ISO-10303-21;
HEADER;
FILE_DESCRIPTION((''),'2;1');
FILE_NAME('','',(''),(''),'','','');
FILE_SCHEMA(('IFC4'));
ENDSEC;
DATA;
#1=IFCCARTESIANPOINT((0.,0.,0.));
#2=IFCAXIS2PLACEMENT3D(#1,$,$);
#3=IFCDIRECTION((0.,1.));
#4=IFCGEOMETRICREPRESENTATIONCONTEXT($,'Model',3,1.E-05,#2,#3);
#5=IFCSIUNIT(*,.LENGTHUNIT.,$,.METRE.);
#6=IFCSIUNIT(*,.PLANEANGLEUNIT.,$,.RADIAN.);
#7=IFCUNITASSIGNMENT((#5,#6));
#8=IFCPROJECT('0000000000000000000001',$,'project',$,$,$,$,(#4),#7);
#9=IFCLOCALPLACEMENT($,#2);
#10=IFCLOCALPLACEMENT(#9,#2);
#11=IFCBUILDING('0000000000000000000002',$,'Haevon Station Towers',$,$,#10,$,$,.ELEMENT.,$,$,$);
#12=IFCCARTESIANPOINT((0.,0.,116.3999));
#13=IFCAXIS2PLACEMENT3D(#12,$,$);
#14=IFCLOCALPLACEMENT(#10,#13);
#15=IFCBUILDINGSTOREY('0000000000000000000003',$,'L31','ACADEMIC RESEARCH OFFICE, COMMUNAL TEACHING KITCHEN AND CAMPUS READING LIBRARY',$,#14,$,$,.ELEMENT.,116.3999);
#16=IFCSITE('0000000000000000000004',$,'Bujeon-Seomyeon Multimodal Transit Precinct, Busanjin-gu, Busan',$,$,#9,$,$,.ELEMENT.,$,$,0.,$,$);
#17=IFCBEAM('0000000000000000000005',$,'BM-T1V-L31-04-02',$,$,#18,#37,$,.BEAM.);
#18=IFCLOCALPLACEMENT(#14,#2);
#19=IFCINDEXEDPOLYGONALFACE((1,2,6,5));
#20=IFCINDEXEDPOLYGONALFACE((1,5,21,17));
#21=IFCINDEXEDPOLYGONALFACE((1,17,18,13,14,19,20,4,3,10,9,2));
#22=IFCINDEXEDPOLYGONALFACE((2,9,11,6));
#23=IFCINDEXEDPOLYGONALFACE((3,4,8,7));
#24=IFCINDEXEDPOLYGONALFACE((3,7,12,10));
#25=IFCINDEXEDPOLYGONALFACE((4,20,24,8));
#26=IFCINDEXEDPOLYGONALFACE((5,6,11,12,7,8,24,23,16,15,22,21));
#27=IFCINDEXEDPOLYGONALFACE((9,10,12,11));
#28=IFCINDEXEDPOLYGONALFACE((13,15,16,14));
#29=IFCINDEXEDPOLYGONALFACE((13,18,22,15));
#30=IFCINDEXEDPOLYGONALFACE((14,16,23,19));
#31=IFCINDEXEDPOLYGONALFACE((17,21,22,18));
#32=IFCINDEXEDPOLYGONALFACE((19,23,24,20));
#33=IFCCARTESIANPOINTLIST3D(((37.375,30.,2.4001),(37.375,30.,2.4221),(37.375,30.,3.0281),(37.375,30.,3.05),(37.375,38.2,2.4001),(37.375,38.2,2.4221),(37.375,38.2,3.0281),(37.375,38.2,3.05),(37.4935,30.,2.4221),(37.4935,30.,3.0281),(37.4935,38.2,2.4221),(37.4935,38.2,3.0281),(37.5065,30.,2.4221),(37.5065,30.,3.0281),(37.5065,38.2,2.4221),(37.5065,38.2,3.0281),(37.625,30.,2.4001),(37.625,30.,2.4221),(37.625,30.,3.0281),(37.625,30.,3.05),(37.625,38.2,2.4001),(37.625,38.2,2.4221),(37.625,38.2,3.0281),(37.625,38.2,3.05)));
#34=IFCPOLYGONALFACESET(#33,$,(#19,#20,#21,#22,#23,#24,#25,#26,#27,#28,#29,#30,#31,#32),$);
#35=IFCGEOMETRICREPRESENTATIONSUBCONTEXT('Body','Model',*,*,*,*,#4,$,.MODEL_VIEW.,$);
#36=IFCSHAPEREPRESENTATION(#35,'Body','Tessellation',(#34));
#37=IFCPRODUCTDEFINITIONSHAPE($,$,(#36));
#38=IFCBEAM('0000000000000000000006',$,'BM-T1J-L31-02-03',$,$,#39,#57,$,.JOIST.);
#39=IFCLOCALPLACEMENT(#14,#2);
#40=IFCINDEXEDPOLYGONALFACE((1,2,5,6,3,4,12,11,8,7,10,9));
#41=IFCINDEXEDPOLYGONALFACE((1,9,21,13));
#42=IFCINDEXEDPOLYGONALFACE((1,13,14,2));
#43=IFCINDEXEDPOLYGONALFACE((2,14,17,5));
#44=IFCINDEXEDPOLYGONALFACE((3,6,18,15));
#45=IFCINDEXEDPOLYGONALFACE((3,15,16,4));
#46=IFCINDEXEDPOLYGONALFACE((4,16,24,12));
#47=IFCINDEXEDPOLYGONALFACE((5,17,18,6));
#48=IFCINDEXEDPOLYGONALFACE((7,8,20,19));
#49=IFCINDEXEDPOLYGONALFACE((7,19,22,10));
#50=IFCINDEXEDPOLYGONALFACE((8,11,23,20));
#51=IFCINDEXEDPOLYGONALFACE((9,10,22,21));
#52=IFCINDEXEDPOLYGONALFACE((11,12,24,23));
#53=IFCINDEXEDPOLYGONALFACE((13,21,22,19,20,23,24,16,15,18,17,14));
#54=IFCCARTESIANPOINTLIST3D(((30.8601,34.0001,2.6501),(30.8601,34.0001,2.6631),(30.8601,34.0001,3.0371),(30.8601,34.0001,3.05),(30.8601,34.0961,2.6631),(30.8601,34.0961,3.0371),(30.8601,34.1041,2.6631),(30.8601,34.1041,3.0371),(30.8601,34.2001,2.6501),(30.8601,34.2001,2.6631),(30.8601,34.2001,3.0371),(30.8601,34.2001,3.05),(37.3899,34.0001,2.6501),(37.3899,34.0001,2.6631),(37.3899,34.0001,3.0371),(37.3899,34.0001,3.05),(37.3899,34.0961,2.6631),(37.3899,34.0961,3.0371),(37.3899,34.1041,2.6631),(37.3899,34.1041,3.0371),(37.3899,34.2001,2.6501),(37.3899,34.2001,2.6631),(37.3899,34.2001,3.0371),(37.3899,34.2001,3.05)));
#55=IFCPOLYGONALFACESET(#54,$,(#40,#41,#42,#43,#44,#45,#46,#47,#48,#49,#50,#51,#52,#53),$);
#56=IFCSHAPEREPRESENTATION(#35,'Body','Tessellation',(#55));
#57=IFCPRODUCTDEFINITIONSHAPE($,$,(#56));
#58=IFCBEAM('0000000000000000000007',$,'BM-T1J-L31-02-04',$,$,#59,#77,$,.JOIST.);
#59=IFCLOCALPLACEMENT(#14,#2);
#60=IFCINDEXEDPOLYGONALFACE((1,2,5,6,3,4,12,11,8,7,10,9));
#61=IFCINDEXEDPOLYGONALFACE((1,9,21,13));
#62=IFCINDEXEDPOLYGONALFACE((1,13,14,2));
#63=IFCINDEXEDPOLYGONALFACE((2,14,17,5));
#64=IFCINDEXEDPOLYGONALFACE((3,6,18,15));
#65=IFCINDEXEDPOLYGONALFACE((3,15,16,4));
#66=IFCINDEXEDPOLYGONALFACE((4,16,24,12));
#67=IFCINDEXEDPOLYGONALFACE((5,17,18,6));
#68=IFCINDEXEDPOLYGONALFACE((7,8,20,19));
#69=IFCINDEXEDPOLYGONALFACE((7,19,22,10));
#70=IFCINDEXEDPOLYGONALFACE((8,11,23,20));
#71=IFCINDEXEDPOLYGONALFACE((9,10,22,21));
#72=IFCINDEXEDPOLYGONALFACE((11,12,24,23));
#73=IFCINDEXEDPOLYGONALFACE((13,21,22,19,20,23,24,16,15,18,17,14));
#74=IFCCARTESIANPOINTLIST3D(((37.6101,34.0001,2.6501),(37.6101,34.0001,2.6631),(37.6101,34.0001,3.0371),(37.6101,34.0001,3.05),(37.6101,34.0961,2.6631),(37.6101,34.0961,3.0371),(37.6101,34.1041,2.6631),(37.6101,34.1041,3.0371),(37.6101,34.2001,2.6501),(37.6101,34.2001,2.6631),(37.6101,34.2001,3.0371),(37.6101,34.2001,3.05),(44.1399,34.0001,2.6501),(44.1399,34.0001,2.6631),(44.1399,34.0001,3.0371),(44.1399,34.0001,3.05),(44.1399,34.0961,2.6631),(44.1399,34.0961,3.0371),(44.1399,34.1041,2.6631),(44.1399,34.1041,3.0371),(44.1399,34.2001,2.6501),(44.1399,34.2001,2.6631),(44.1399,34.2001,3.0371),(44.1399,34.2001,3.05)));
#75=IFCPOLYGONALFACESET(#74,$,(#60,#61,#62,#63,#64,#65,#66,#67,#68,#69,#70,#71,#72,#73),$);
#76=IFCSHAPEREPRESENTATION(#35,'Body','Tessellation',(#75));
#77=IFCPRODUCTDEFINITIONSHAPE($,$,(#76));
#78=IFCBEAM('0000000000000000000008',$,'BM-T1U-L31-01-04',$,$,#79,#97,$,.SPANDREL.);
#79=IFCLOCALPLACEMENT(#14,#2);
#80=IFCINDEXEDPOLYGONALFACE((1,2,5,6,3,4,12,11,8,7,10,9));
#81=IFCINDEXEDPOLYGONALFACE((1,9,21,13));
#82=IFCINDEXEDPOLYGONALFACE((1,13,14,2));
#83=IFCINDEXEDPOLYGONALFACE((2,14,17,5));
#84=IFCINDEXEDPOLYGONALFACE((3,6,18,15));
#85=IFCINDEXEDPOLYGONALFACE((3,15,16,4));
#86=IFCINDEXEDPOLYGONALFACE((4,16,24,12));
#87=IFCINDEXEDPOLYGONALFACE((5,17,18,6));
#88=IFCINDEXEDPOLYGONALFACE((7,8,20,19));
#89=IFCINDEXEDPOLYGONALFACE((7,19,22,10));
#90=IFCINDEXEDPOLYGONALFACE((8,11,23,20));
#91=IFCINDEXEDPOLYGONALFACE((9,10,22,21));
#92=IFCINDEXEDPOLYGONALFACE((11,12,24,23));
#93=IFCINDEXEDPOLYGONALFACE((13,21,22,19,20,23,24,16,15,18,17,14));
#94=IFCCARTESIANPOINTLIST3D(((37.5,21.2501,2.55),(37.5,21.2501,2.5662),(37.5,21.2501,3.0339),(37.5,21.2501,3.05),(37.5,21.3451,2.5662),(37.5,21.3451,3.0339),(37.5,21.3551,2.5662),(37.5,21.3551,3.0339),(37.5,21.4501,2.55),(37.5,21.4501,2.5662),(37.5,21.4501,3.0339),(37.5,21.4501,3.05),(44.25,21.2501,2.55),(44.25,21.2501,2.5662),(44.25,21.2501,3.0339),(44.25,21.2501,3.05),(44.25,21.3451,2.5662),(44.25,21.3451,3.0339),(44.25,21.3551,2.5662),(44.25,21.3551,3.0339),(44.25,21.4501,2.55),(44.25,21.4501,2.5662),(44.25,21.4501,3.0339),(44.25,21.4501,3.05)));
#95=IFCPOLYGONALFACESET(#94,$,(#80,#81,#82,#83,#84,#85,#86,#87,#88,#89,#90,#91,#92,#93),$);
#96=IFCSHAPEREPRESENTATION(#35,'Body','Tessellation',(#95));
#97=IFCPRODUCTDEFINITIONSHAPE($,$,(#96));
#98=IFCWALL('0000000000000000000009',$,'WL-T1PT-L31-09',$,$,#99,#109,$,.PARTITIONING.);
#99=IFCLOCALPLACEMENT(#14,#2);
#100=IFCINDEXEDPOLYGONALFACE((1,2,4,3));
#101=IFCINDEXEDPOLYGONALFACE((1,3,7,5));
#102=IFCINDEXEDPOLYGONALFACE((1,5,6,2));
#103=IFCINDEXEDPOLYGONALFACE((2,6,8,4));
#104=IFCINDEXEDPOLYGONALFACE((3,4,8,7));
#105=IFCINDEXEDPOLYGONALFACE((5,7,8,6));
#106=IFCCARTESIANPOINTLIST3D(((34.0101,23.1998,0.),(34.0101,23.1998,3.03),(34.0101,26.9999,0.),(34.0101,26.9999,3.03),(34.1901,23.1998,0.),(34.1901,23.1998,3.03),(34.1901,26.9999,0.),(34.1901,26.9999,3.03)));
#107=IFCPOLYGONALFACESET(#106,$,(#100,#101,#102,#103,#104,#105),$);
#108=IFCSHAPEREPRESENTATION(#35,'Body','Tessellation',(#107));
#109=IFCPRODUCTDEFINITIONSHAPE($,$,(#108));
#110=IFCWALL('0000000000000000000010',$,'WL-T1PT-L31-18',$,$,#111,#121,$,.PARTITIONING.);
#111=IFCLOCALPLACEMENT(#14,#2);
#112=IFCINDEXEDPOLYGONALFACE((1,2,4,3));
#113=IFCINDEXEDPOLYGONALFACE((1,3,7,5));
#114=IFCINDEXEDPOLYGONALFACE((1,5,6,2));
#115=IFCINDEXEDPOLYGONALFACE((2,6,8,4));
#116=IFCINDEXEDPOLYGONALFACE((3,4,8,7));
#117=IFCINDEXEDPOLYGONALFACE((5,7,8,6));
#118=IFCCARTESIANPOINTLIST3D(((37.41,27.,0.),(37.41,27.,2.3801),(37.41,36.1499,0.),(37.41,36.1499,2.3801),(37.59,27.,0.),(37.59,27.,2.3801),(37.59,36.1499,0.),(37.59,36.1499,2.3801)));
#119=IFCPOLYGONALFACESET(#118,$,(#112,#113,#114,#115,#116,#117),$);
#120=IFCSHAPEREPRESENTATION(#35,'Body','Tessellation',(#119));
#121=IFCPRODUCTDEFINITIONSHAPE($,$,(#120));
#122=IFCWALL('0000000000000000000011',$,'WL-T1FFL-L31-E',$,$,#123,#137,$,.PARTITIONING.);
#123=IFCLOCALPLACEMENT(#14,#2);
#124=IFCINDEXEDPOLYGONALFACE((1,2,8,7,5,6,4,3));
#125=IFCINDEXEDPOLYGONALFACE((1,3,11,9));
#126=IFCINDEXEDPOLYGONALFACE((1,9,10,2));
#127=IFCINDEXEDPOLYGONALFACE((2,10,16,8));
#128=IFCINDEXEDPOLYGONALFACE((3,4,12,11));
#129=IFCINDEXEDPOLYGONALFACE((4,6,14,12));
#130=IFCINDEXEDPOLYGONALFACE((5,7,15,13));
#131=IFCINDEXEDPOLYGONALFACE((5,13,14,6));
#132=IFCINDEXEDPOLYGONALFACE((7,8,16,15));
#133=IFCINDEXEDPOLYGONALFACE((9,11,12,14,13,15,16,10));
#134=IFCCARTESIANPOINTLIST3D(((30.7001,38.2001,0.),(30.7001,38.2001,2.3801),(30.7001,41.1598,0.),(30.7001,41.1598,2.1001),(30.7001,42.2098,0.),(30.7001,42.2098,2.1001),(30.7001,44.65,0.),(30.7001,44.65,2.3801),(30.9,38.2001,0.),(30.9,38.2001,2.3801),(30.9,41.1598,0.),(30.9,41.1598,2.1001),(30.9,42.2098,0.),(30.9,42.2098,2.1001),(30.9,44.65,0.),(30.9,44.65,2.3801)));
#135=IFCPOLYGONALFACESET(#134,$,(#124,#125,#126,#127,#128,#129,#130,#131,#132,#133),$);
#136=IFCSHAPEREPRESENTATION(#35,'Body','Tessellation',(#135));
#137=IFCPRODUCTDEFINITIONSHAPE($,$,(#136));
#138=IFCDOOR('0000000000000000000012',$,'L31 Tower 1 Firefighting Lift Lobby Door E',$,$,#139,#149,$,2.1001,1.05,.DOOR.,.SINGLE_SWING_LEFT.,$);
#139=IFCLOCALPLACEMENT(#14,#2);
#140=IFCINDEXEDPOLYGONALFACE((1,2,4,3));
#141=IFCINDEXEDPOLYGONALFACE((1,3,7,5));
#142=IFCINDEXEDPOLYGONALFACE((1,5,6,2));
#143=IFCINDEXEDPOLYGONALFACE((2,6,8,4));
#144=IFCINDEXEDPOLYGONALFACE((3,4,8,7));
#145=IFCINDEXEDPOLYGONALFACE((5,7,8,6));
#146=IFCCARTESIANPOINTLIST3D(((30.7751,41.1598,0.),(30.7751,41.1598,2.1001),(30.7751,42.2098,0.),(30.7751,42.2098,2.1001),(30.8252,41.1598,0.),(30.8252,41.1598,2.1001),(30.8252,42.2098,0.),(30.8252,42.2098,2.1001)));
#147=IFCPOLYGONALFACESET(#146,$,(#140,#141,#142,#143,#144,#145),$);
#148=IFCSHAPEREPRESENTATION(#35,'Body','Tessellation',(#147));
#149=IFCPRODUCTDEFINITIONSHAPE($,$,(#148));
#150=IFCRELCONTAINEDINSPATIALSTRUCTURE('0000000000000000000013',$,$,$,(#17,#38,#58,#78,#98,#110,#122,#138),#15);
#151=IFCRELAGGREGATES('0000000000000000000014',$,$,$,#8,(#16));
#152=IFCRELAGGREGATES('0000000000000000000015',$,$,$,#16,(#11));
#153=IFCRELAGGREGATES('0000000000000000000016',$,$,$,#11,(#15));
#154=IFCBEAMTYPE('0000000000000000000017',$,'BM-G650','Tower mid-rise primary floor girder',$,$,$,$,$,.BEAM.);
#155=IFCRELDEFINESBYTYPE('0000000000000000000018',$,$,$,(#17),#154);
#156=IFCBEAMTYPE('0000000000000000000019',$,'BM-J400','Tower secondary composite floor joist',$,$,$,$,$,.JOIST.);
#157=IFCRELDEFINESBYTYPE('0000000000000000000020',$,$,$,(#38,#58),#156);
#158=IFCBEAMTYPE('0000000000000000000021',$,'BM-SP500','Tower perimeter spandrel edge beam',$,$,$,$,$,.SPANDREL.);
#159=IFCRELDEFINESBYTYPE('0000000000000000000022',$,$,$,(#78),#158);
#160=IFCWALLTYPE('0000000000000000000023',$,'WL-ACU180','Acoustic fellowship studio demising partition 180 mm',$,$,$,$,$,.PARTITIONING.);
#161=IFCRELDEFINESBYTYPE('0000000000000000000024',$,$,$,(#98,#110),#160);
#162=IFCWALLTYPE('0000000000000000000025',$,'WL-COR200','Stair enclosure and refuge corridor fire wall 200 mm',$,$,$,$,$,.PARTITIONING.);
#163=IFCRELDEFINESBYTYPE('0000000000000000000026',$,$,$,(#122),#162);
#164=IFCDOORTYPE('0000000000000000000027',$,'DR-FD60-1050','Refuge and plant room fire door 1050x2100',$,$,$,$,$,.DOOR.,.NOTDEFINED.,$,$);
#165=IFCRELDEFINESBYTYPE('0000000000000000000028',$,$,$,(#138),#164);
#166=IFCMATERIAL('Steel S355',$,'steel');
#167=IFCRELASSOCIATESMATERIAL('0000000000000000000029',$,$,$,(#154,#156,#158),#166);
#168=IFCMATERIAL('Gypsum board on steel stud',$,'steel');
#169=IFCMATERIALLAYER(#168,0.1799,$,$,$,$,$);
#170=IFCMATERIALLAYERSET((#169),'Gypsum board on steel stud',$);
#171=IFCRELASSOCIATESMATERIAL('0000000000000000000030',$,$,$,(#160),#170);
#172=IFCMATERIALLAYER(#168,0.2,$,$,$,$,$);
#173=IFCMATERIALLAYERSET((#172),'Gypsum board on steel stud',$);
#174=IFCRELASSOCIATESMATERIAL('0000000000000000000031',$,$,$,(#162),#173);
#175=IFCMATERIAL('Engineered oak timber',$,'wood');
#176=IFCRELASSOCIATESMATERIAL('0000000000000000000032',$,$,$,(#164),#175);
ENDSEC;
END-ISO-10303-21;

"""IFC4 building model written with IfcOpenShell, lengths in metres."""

from ifc_helpers import new_model, si_unit, direction, frame, frame_2d, origin, origin_2d, place, context, subcontext, project, spatial, rectangle, i_section, extrude, material, layer, layer_set, material_profile, profile_set, type_object, element, fill, save


model = new_model("IFC4")

# Units and contexts
model_context = context("Model", 3, precision=1e-05, world=origin(), true_north=direction((0.0, 1.0)))
body_context = subcontext(model_context, "Body", "Model", "MODEL_VIEW")
ifc_project = project(units=[si_unit("LENGTHUNIT", "METRE"), si_unit("PLANEANGLEUNIT", "RADIAN")], contexts=[model_context])

# Site, building, storey
site_placement = place(None, origin())
site = spatial("IfcSite", under=ifc_project, at=site_placement, Name="Bujeon-Seomyeon Multimodal Transit Precinct, Busanjin-gu, Busan", CompositionType="ELEMENT", RefElevation=0.0)
building_placement = place(site_placement, origin())
building = spatial("IfcBuilding", under=site, at=building_placement, Name="Haevon Station Towers", CompositionType="ELEMENT")
storey_placement = place(building_placement, frame((0.0, 0.0, 116.3999)))
storey = spatial("IfcBuildingStorey", under=building, at=storey_placement, Name="L31", Description="ACADEMIC RESEARCH OFFICE, COMMUNAL TEACHING KITCHEN AND CAMPUS READING LIBRARY", CompositionType="ELEMENT", Elevation=116.3999)

# Beams
ifc_material_1 = material(Name="Steel S355", Category="steel")
ifc_material_profile_1 = material_profile(ifc_material_1, i_section(OverallWidth=0.25, OverallDepth=0.6499, WebThickness=0.0129, FlangeThickness=0.022, at=origin_2d()), Name="H-650x250x13x22")
ifc_profile_set_1 = profile_set([ifc_material_profile_1], Name="Steel S355")
beam_type_1 = type_object("IfcBeamType", Name="BM-G650", Description="Tower mid-rise primary floor girder", PredefinedType="BEAM", material=ifc_profile_set_1)
beam_1_placement = place(storey_placement, frame((37.5, 30.0, 2.7251), z_axis=(0.0, 1.0, 0.0), x_axis=(-1.0, 0.0, 0.0)))
element("IfcBeam", 1, at=beam_1_placement, inside=storey, type_object=beam_type_1, Name="BM-T1V-L31-04-02", PredefinedType="BEAM", context=body_context, shape_type="SweptSolid", body=[
    extrude(i_section(OverallWidth=0.25, OverallDepth=0.6499, WebThickness=0.0129, FlangeThickness=0.022, at=origin_2d()), origin(), (0.0, 0.0, 1.0), 8.2),
])
ifc_material_profile_2 = material_profile(ifc_material_1, i_section(OverallWidth=0.2, OverallDepth=0.3999, WebThickness=0.0081, FlangeThickness=0.0129, at=origin_2d()), Name="H-400x200x8x13")
ifc_profile_set_2 = profile_set([ifc_material_profile_2], Name="Steel S355")
beam_type_2 = type_object("IfcBeamType", Name="BM-J400", Description="Tower secondary composite floor joist", PredefinedType="JOIST", material=ifc_profile_set_2)
for number, where, z_axis, x_axis, name in (
    (2, (30.8601, 34.1001, 2.8501), (1.0, 0.0, 0.0), (0.0, 1.0, 0.0), "BM-T1J-L31-02-03"),
    (3, (37.6101, 34.1001, 2.8501), (1.0, 0.0, 0.0), (0.0, 1.0, 0.0), "BM-T1J-L31-02-04"),
):
    element("IfcBeam", number, at=place(storey_placement, frame(where, z_axis=z_axis, x_axis=x_axis)), inside=storey, type_object=beam_type_2, Name=name, PredefinedType="JOIST", context=body_context, shape_type="SweptSolid", body=[
        extrude(i_section(OverallWidth=0.2, OverallDepth=0.3999, WebThickness=0.0081, FlangeThickness=0.0129, at=origin_2d()), origin(), (0.0, 0.0, 1.0), 6.5298),
    ])
ifc_material_profile_3 = material_profile(ifc_material_1, i_section(OverallWidth=0.2, OverallDepth=0.5, WebThickness=0.01, FlangeThickness=0.0161, at=origin_2d()), Name="H-500x200x10x16")
ifc_profile_set_3 = profile_set([ifc_material_profile_3], Name="Steel S355")
beam_type_3 = type_object("IfcBeamType", Name="BM-SP500", Description="Tower perimeter spandrel edge beam", PredefinedType="SPANDREL", material=ifc_profile_set_3)
beam_2_placement = place(storey_placement, frame((37.5, 21.3501, 2.8), z_axis=(1.0, 0.0, 0.0), x_axis=(0.0, 1.0, 0.0)))
element("IfcBeam", 4, at=beam_2_placement, inside=storey, type_object=beam_type_3, Name="BM-T1U-L31-01-04", PredefinedType="SPANDREL", context=body_context, shape_type="SweptSolid", body=[
    extrude(i_section(OverallWidth=0.2, OverallDepth=0.5, WebThickness=0.01, FlangeThickness=0.0161, at=origin_2d()), origin(), (0.0, 0.0, 1.0), 6.75),
])

# Walls
ifc_material_2 = material(Name="Gypsum board on steel stud", Category="steel")
ifc_layer_1 = layer(ifc_material_2, 0.1799)
ifc_layer_set_1 = layer_set([ifc_layer_1], Name="Gypsum board on steel stud")
wall_type_1 = type_object("IfcWallType", Name="WL-ACU180", Description="Acoustic fellowship studio demising partition 180 mm", PredefinedType="PARTITIONING", material=ifc_layer_set_1)
wall_1_placement = place(storey_placement, frame((34.1001, 23.2, 0.0), z_axis=(0.0, 0.0, 1.0), x_axis=(0.0, 1.0, 0.0)))
element("IfcWall", 5, at=wall_1_placement, inside=storey, type_object=wall_type_1, Name="WL-T1PT-L31-09", PredefinedType="PARTITIONING", context=body_context, shape_type="SweptSolid", body=[
    extrude(rectangle(XDim=3.8, YDim=0.1799, at=frame_2d((1.8999, 0.0))), origin(), (0.0, 0.0, 1.0), 3.03),
])
wall_2_placement = place(storey_placement, frame((37.5, 27.0, 0.0), z_axis=(0.0, 0.0, 1.0), x_axis=(0.0, 1.0, 0.0)))
element("IfcWall", 6, at=wall_2_placement, inside=storey, type_object=wall_type_1, Name="WL-T1PT-L31-18", PredefinedType="PARTITIONING", context=body_context, shape_type="SweptSolid", body=[
    extrude(rectangle(XDim=9.1499, YDim=0.1799, at=frame_2d((4.575, 0.0))), origin(), (0.0, 0.0, 1.0), 2.3801),
])

# Wall, opening, door
ifc_layer_2 = layer(ifc_material_2, 0.2)
ifc_layer_set_2 = layer_set([ifc_layer_2], Name="Gypsum board on steel stud")
wall_type_2 = type_object("IfcWallType", Name="WL-COR200", Description="Stair enclosure and refuge corridor fire wall 200 mm", PredefinedType="PARTITIONING", material=ifc_layer_set_2)
wall_3_placement = place(storey_placement, frame((30.8, 38.2, 0.0), z_axis=(0.0, 0.0, 1.0), x_axis=(0.0, 1.0, 0.0)))
wall_3 = element("IfcWall", 7, at=wall_3_placement, inside=storey, type_object=wall_type_2, Name="WL-T1FFL-L31-E", PredefinedType="PARTITIONING", context=body_context, shape_type="SweptSolid", body=[
    extrude(rectangle(XDim=6.45, YDim=0.2, at=frame_2d((3.2251, 0.0))), origin(), (0.0, 0.0, 1.0), 2.3801),
])
opening_1_placement = place(wall_3_placement, frame((2.96, 0.0, 0.0)))
opening_1 = element("IfcOpeningElement", 8, at=opening_1_placement, cuts=wall_3, PredefinedType="OPENING", context=body_context, shape_type="SweptSolid", body=[
    extrude(rectangle(XDim=1.05, YDim=2.1001, at=frame_2d((0.5249, 1.05))), frame((0.0, 0.1099, 0.0), z_axis=(0.0, -1.0, 0.0), x_axis=(1.0, 0.0, 0.0)), (0.0, 0.0, 1.0), 0.22),
])
ifc_material_3 = material(Name="Engineered oak timber", Category="wood")
door_type_1 = type_object("IfcDoorType", Name="DR-FD60-1050", Description="Refuge and plant room fire door 1050x2100", OperationType="NOTDEFINED", PredefinedType="DOOR", material=ifc_material_3)
door_1_placement = place(opening_1_placement, origin())
door_1 = element("IfcDoor", 9, at=door_1_placement, inside=storey, type_object=door_type_1, Name="L31 Tower 1 Firefighting Lift Lobby Door E", OperationType="SINGLE_SWING_LEFT", OverallHeight=2.1001, OverallWidth=1.05, PredefinedType="DOOR", context=body_context, shape_type="SweptSolid", body=[
    extrude(rectangle(XDim=1.05, YDim=2.1001, at=frame_2d((0.5249, 1.05))), frame((0.0, 0.0249, 0.0), z_axis=(0.0, -1.0, 0.0), x_axis=(1.0, 0.0, 0.0)), (0.0, 0.0, 1.0), 0.05),
])
fill(opening_1, door_1)

save(model, "model.ifc")
